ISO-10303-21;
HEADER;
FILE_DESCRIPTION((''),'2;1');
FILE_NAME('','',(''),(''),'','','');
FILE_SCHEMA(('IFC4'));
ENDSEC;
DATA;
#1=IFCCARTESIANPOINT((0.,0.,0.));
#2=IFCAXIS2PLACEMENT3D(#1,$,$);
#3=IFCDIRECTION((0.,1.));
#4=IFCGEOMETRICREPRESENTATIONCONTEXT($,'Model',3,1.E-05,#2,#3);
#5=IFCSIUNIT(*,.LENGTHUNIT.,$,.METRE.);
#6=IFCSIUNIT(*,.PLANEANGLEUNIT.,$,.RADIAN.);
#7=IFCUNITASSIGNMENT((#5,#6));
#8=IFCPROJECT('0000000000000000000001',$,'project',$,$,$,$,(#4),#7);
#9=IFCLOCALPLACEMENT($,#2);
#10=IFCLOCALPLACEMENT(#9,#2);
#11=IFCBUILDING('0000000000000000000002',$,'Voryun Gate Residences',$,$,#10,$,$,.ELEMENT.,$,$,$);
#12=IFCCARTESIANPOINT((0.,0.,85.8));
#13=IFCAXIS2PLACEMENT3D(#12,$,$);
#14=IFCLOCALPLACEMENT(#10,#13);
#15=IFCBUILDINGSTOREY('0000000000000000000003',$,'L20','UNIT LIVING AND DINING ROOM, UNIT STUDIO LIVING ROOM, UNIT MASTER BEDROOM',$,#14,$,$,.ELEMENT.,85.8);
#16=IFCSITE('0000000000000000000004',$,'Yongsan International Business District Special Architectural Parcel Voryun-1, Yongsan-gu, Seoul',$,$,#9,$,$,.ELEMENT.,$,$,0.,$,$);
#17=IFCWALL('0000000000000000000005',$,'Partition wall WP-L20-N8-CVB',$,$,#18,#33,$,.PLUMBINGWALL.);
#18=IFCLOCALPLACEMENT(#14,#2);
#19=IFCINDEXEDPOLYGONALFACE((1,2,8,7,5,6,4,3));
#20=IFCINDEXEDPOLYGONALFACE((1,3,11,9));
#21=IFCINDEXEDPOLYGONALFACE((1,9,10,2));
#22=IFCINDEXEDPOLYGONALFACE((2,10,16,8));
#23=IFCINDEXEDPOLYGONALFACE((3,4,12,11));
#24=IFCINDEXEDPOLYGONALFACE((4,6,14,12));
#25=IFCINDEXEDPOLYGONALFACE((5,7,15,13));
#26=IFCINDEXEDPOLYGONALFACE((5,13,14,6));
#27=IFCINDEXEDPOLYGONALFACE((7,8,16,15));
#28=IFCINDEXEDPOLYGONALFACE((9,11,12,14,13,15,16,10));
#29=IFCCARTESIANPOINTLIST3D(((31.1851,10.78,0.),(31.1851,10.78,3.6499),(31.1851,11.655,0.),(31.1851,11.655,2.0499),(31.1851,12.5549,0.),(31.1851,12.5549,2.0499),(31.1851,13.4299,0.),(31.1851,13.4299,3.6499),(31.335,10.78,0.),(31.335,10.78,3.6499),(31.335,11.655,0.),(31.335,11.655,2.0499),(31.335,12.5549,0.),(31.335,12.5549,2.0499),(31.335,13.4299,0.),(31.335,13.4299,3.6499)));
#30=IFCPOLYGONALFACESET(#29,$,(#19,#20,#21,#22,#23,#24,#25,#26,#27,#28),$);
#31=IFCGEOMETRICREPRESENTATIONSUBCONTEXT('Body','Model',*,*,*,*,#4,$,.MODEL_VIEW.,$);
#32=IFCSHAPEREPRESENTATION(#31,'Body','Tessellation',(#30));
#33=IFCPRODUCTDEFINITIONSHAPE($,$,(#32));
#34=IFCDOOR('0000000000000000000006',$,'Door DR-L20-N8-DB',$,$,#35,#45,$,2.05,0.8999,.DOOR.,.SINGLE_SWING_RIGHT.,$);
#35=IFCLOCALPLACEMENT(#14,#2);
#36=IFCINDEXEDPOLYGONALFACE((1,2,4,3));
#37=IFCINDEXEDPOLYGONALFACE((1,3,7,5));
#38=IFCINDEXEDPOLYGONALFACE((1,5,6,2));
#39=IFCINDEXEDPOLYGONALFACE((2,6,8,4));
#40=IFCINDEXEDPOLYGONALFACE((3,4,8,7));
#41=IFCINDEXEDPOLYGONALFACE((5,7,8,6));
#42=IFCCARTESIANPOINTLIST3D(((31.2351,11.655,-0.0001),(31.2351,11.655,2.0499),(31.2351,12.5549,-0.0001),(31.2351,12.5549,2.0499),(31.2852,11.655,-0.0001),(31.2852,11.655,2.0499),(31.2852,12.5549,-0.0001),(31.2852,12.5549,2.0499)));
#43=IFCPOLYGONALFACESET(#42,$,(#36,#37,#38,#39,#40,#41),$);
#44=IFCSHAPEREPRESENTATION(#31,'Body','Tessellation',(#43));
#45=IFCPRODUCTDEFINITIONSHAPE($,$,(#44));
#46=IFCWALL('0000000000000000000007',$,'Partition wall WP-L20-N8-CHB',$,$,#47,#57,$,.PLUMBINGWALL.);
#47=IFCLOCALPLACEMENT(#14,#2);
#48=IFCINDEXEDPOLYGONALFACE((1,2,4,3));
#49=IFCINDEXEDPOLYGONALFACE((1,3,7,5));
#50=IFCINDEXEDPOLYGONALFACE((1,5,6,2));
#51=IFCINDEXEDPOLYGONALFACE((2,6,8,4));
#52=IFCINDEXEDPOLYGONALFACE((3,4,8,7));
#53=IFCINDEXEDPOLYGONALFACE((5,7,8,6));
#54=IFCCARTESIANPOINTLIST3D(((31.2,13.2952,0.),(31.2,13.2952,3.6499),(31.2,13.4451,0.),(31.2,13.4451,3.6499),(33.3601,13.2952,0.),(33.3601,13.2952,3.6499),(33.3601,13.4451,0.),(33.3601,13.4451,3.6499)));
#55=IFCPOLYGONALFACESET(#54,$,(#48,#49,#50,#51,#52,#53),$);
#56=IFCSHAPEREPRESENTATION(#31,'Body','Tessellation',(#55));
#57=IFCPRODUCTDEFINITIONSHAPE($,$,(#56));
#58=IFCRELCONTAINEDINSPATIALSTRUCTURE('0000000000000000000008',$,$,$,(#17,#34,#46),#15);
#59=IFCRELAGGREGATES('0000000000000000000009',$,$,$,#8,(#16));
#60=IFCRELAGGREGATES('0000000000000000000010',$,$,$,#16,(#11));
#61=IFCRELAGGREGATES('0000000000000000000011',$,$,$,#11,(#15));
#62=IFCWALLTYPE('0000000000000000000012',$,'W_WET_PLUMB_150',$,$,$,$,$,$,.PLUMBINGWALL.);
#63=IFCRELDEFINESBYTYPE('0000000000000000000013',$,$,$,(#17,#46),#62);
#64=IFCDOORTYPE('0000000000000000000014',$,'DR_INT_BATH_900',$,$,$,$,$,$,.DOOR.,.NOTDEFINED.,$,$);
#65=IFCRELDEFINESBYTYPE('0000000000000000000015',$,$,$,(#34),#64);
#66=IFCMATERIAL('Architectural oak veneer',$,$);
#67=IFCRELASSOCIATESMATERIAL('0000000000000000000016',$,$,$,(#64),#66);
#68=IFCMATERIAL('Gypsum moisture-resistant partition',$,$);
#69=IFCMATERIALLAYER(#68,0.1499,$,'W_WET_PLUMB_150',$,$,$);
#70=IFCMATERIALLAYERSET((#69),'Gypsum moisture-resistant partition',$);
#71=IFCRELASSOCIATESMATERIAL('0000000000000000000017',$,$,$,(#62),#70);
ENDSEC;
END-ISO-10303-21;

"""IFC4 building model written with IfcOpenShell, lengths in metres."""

from ifc_helpers import new_model, si_unit, direction, frame, frame_2d, origin, place, context, subcontext, project, spatial, rectangle, extrude, material, layer, layer_set, type_object, element, fill, save


model = new_model("IFC4")

# Units and contexts
model_context = context("Model", 3, precision=1e-05, world=origin(), true_north=direction((0.0, 1.0)))
body_context = subcontext(model_context, "Body", "Model", "MODEL_VIEW")
ifc_project = project(units=[si_unit("LENGTHUNIT", "METRE"), si_unit("PLANEANGLEUNIT", "RADIAN")], contexts=[model_context])

# Site, building, storey
site_placement = place(None, origin())
site = spatial("IfcSite", under=ifc_project, at=site_placement, Name="Yongsan International Business District Special Architectural Parcel Voryun-1, Yongsan-gu, Seoul", CompositionType="ELEMENT", RefElevation=0.0)
building_placement = place(site_placement, origin())
building = spatial("IfcBuilding", under=site, at=building_placement, Name="Voryun Gate Residences", CompositionType="ELEMENT")
storey_placement = place(building_placement, frame((0.0, 0.0, 85.8)))
storey = spatial("IfcBuildingStorey", under=building, at=storey_placement, Name="L20", Description="UNIT LIVING AND DINING ROOM, UNIT STUDIO LIVING ROOM, UNIT MASTER BEDROOM", CompositionType="ELEMENT", Elevation=85.8)

# Shared definitions
ifc_material_1 = material(Name="Architectural oak veneer")
door_type_1 = type_object("IfcDoorType", Name="DR_INT_BATH_900", OperationType="NOTDEFINED", PredefinedType="DOOR", material=ifc_material_1)

# Wall, opening, door
ifc_material_2 = material(Name="Gypsum moisture-resistant partition")
ifc_layer_1 = layer(ifc_material_2, 0.1499, Name="W_WET_PLUMB_150")
ifc_layer_set_1 = layer_set([ifc_layer_1], Name="Gypsum moisture-resistant partition")
wall_type_1 = type_object("IfcWallType", Name="W_WET_PLUMB_150", PredefinedType="PLUMBINGWALL", material=ifc_layer_set_1)
wall_1_placement = place(storey_placement, frame((31.26, 10.78, 0.0), z_axis=(0.0, 0.0, 1.0), x_axis=(0.0, 1.0, 0.0)))
wall_1 = element("IfcWall", 1, at=wall_1_placement, inside=storey, type_object=wall_type_1, Name="Partition wall WP-L20-N8-CVB", PredefinedType="PLUMBINGWALL", context=body_context, shape_type="SweptSolid", body=[
    extrude(rectangle(XDim=2.6499, YDim=0.1499, at=frame_2d((1.325, 0.0))), origin(), (0.0, 0.0, 1.0), 3.6499),
])
opening_1_placement = place(wall_1_placement, frame((0.875, 0.0, 0.0)))
opening_1 = element("IfcOpeningElement", 2, at=opening_1_placement, cuts=wall_1, PredefinedType="OPENING", context=body_context, shape_type="SweptSolid", body=[
    extrude(rectangle(XDim=0.8999, YDim=2.05, at=frame_2d((0.45, 1.0249))), frame((0.0, 0.085, 0.0), z_axis=(0.0, -1.0, 0.0), x_axis=(1.0, 0.0, 0.0)), (0.0, 0.0, 1.0), 0.1699),
])
door_1_placement = place(opening_1_placement, origin())
door_1 = element("IfcDoor", 3, at=door_1_placement, inside=storey, type_object=door_type_1, Name="Door DR-L20-N8-DB", OperationType="SINGLE_SWING_RIGHT", OverallHeight=2.05, OverallWidth=0.8999, PredefinedType="DOOR", context=body_context, shape_type="SweptSolid", body=[
    extrude(rectangle(XDim=0.8999, YDim=2.05, at=frame_2d((0.45, 1.0249))), frame((0.0, 0.0249, 0.0), z_axis=(0.0, -1.0, 0.0), x_axis=(1.0, 0.0, 0.0)), (0.0, 0.0, 1.0), 0.05),
])
fill(opening_1, door_1)

# Wall
wall_2_placement = place(storey_placement, frame((31.2, 13.3701, 0.0), z_axis=(0.0, 0.0, 1.0), x_axis=(1.0, 0.0, 0.0)))
element("IfcWall", 4, at=wall_2_placement, inside=storey, type_object=wall_type_1, Name="Partition wall WP-L20-N8-CHB", PredefinedType="PLUMBINGWALL", context=body_context, shape_type="SweptSolid", body=[
    extrude(rectangle(XDim=2.1602, YDim=0.1499, at=frame_2d((1.0801, 0.0))), origin(), (0.0, 0.0, 1.0), 3.6499),
])

save(model, "model.ifc")
